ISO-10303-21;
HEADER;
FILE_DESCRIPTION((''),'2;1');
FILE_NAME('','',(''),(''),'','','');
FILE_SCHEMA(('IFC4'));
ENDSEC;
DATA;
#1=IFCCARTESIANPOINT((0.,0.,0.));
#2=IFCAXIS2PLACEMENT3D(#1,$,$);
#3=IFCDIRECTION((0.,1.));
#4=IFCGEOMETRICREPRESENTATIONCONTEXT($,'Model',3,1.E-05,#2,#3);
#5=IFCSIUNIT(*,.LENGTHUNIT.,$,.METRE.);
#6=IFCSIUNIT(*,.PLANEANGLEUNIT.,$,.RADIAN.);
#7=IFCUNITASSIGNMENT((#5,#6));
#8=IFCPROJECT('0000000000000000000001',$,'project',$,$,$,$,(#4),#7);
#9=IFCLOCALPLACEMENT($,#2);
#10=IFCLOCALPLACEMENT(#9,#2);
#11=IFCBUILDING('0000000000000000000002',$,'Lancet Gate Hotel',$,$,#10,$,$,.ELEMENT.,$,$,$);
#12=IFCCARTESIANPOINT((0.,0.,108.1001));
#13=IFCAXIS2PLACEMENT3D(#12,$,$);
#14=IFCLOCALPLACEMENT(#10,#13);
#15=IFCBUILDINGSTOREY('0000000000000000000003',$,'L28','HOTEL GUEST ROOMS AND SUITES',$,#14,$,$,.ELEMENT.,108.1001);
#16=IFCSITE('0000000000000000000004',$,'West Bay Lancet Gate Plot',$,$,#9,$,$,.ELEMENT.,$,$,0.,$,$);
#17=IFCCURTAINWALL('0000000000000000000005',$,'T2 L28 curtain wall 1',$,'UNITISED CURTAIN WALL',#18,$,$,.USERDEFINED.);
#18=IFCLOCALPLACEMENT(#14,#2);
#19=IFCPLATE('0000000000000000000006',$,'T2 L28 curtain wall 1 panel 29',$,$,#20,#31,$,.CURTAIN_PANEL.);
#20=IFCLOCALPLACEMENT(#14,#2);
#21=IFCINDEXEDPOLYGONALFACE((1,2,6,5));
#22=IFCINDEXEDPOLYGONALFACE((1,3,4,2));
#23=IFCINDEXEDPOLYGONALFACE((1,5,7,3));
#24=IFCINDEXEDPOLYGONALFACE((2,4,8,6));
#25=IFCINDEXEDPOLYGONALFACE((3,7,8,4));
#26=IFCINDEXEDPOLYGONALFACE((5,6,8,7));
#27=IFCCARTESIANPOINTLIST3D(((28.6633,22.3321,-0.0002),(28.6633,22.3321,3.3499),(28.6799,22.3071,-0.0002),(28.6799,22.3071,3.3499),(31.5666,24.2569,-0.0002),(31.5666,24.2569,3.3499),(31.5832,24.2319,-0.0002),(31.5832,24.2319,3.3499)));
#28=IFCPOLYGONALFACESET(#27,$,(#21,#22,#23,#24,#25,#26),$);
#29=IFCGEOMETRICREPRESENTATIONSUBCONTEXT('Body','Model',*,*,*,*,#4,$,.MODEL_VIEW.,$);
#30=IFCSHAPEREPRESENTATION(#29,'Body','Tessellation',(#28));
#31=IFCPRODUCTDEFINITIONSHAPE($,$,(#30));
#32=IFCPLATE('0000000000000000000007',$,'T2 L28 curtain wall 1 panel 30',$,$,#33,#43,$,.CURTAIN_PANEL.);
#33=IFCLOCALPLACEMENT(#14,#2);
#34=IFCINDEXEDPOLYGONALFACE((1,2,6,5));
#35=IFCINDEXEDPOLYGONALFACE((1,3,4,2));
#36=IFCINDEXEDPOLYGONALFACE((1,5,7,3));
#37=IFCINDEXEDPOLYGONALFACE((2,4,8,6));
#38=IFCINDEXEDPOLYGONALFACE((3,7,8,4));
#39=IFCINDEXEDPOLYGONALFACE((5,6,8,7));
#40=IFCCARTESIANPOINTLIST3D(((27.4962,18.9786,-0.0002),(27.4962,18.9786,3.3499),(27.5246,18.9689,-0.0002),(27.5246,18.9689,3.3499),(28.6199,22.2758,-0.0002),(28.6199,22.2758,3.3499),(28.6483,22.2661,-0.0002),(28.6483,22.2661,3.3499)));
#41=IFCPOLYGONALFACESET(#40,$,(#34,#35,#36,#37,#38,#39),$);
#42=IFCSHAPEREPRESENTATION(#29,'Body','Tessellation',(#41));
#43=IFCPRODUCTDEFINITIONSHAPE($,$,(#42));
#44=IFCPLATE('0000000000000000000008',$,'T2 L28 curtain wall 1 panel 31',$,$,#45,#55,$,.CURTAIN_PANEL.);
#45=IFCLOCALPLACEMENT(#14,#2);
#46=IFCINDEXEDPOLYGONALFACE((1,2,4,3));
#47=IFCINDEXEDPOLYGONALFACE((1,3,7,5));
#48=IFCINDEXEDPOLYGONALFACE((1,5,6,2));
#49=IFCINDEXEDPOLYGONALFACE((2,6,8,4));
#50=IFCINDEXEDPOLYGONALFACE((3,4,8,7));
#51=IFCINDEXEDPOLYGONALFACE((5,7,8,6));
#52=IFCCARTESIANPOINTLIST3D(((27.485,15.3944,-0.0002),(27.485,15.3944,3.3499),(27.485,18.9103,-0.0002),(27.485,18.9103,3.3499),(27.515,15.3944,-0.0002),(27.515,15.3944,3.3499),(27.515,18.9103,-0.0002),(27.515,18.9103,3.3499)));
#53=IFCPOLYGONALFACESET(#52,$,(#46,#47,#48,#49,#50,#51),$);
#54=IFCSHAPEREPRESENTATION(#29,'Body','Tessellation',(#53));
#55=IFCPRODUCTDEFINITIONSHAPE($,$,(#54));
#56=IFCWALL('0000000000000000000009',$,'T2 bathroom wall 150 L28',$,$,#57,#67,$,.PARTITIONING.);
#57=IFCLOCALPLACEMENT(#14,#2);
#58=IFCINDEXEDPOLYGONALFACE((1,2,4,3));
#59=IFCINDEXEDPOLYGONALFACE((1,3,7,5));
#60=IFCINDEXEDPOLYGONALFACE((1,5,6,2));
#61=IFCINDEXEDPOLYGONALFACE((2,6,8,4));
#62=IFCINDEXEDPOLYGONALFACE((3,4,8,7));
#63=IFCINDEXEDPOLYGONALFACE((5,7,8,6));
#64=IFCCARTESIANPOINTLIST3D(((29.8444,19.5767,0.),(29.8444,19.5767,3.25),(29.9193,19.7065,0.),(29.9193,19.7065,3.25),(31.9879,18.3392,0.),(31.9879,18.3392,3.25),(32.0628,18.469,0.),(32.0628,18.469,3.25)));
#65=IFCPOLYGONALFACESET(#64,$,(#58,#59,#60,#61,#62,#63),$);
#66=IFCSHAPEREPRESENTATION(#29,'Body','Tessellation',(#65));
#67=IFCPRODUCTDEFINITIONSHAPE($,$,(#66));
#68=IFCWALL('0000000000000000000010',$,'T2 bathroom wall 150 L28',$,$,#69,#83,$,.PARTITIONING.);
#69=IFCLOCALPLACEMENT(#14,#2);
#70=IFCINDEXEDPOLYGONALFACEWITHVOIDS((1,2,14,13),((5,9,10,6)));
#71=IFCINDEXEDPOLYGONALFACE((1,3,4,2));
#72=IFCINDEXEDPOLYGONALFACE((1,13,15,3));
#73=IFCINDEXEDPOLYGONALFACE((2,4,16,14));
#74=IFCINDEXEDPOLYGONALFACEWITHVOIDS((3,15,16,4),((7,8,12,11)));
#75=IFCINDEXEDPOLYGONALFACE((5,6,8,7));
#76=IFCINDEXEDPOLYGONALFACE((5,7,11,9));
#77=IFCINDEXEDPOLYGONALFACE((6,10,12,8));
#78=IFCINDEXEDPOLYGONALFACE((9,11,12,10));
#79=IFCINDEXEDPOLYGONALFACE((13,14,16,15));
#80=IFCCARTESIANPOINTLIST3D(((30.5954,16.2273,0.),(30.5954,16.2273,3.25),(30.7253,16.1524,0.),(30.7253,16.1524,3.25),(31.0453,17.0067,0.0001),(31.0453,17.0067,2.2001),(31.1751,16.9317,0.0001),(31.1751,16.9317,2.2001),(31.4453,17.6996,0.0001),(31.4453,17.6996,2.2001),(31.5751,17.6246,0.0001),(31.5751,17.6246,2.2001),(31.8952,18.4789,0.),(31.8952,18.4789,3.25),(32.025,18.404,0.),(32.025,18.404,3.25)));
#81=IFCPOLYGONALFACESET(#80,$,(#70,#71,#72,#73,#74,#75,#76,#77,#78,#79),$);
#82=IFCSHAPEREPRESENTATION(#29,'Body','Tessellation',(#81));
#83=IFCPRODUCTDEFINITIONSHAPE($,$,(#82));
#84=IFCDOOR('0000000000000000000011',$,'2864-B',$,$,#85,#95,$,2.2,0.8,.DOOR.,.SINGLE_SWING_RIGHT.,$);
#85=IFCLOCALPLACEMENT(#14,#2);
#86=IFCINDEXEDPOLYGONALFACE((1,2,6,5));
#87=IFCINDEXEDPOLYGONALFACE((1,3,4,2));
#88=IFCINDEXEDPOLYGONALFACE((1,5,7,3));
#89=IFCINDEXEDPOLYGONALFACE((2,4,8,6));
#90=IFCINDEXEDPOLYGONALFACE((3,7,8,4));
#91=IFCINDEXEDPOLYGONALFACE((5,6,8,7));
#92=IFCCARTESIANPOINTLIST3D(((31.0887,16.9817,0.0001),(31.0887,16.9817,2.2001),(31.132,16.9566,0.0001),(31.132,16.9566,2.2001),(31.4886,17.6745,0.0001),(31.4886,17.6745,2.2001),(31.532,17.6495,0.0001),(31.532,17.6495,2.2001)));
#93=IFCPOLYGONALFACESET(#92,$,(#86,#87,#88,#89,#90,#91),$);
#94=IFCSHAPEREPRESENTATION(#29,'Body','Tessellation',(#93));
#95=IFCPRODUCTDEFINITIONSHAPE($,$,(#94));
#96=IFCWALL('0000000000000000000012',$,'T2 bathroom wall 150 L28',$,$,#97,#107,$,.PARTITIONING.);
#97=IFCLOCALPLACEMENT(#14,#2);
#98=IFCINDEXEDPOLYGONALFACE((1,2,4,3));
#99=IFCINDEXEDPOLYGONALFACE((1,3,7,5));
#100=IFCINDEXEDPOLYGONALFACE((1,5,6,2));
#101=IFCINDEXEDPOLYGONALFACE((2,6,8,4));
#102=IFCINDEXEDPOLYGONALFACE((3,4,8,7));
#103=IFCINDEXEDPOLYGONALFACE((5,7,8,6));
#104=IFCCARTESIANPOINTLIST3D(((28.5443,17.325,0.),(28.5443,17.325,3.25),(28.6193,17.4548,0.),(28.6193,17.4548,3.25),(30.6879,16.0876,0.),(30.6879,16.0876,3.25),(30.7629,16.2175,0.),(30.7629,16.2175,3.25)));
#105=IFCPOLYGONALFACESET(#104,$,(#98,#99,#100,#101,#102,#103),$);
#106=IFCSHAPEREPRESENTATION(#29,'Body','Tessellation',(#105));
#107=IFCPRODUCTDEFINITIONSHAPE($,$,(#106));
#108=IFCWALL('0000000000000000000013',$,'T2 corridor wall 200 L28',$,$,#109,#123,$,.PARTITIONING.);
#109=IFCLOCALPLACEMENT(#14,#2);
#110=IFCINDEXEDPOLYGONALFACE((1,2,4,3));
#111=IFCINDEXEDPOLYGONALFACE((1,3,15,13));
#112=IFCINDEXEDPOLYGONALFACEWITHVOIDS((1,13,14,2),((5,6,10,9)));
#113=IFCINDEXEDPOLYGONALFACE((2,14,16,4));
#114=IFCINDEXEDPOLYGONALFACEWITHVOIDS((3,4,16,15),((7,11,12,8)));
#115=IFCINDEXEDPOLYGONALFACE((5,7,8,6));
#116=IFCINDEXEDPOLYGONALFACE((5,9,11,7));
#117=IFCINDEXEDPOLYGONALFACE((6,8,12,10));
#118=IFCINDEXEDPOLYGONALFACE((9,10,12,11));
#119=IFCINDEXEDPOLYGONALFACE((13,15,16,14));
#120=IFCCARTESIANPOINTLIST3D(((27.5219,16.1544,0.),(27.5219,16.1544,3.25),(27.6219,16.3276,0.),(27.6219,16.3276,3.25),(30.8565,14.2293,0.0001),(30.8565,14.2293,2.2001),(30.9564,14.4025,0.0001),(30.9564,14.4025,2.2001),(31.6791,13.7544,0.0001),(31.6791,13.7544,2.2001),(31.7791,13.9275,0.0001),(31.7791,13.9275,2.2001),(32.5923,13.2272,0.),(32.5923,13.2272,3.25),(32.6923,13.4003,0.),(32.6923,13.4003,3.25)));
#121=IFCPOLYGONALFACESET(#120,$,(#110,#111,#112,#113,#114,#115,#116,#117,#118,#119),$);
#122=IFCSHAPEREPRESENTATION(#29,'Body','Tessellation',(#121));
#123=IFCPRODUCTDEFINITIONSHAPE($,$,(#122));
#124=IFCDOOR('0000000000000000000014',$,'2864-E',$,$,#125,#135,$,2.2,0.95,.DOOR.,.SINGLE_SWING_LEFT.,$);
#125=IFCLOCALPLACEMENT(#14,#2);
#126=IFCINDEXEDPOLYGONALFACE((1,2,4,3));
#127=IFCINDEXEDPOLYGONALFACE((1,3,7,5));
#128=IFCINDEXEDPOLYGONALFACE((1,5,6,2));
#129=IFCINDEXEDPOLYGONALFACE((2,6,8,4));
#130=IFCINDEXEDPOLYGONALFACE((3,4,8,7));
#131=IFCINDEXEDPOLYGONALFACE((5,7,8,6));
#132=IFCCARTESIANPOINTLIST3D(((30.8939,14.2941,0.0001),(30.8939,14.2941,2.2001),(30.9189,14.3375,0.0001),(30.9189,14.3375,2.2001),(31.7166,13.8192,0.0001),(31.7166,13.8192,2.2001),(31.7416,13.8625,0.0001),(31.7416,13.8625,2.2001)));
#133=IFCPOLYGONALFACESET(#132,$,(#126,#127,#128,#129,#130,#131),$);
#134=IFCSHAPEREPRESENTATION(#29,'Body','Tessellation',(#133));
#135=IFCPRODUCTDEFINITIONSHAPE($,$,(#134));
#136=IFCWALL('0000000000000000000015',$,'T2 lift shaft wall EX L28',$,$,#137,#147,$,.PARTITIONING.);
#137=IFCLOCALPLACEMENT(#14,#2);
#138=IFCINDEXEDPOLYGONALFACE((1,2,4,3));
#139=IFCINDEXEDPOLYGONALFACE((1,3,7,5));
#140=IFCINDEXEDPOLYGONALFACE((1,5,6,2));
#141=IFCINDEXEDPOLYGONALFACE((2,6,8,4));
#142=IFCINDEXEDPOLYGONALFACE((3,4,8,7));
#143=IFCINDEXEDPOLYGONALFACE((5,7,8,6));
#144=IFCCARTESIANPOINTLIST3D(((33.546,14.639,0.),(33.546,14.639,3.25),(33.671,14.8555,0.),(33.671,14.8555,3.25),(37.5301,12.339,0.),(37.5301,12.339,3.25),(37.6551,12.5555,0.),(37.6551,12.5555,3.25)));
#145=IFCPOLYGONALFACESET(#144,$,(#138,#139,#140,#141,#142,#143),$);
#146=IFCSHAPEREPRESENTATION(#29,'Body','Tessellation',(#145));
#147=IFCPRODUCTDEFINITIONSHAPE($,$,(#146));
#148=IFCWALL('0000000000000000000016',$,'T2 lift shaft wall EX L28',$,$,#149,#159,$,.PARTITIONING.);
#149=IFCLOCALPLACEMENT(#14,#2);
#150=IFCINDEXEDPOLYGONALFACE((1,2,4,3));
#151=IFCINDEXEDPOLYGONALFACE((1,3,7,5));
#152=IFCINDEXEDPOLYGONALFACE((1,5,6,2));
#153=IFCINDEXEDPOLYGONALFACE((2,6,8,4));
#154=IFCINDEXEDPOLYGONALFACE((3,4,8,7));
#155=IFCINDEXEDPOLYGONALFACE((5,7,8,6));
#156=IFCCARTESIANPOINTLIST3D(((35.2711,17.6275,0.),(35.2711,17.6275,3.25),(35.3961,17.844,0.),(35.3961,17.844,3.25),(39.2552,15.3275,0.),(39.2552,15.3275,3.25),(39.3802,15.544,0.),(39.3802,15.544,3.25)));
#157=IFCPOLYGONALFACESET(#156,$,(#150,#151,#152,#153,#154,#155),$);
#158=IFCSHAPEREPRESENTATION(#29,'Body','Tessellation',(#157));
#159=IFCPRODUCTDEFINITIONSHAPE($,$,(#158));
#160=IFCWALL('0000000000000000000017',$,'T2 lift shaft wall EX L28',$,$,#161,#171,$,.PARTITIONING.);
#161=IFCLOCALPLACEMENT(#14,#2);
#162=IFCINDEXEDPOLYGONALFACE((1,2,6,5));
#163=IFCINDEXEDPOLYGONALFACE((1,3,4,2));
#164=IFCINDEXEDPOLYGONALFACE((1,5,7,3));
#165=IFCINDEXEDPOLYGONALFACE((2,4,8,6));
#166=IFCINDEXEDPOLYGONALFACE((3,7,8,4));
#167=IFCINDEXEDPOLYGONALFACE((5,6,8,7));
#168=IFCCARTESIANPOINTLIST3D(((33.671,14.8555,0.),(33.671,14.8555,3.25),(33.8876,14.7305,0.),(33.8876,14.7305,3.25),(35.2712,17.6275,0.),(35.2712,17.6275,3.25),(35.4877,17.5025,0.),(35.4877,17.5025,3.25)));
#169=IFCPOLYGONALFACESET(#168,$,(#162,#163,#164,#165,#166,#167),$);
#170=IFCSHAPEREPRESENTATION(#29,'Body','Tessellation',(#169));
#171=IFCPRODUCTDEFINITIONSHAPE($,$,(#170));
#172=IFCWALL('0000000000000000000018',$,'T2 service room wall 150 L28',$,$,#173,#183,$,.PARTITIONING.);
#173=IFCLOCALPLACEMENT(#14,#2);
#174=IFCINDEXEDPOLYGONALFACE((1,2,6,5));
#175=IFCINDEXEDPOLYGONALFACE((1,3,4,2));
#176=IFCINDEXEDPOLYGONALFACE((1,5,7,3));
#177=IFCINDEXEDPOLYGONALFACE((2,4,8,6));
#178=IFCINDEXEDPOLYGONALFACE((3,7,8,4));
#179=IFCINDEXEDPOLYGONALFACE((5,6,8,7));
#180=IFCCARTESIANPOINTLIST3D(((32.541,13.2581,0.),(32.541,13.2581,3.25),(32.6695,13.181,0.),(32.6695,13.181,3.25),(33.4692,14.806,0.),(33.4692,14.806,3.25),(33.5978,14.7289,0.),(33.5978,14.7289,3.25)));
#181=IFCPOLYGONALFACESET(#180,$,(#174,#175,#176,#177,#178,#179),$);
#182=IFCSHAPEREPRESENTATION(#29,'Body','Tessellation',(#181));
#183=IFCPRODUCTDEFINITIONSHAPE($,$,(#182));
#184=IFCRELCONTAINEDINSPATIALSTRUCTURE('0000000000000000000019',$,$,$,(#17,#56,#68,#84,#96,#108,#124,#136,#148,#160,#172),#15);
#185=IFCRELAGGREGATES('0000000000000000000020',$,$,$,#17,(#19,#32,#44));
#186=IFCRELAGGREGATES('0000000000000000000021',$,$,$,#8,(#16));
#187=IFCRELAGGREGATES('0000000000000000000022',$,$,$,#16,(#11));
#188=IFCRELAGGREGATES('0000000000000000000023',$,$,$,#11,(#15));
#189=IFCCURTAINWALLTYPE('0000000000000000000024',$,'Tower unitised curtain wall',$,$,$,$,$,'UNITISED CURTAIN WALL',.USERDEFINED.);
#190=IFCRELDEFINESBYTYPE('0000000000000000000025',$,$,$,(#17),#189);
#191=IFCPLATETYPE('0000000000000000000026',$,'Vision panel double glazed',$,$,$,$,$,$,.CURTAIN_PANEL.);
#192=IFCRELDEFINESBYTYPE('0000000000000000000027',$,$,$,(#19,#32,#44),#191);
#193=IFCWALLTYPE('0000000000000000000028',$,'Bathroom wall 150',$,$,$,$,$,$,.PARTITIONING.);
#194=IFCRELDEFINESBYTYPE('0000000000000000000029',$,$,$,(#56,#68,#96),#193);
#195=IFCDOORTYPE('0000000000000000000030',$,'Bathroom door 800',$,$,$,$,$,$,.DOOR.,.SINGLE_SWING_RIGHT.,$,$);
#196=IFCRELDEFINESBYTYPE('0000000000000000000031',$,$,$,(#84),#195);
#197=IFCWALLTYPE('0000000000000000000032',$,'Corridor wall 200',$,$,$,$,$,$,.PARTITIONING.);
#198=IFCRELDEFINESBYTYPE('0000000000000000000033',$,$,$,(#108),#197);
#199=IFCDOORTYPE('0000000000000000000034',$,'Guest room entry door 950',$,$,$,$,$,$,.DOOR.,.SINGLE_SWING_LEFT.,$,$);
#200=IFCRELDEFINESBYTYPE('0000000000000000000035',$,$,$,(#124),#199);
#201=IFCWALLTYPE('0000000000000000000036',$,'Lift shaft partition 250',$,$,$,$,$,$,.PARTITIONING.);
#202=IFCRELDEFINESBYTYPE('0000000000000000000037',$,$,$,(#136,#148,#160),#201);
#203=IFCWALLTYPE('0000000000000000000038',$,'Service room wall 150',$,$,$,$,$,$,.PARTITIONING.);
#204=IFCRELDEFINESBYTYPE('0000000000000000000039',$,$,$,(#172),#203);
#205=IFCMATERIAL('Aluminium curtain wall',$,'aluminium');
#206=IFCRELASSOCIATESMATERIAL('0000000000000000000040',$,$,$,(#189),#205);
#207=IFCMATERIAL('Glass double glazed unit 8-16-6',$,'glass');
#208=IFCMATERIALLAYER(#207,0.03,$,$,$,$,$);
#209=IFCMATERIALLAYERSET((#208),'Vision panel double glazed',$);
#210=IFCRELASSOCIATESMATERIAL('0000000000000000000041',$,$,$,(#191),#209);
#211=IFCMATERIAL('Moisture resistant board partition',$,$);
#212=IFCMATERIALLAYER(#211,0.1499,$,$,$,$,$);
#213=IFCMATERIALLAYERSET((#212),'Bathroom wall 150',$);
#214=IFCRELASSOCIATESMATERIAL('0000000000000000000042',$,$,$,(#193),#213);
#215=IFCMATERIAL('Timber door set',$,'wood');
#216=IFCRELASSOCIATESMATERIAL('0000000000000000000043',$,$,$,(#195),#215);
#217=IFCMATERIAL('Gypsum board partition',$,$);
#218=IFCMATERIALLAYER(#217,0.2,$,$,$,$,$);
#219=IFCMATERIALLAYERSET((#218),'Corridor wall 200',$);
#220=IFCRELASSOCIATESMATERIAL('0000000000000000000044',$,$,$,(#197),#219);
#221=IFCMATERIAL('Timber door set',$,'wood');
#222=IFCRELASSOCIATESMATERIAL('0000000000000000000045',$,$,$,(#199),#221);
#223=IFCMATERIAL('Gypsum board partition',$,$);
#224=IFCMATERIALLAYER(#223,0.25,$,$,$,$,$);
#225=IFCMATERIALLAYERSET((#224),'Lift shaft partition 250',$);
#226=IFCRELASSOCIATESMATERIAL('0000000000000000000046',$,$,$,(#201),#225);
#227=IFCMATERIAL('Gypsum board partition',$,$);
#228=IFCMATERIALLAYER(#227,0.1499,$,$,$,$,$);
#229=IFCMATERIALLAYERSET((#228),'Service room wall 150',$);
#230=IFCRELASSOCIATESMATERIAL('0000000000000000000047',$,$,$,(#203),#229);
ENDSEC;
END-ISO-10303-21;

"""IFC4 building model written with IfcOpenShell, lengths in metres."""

from ifc_helpers import new_model, si_unit, direction, frame, frame_2d, origin, origin_2d, place, context, subcontext, project, spatial, rectangle, extrude, material, layer, layer_set, type_object, element, fill, aggregate, save


model = new_model("IFC4")

# Units and contexts
model_context = context("Model", 3, precision=1e-05, world=origin(), true_north=direction((0.0, 1.0)))
body_context = subcontext(model_context, "Body", "Model", "MODEL_VIEW")
ifc_project = project(units=[si_unit("LENGTHUNIT", "METRE"), si_unit("PLANEANGLEUNIT", "RADIAN")], contexts=[model_context])

# Site, building, storey
site_placement = place(None, origin())
site = spatial("IfcSite", under=ifc_project, at=site_placement, Name="West Bay Lancet Gate Plot", CompositionType="ELEMENT", RefElevation=0.0)
building_placement = place(site_placement, origin())
building = spatial("IfcBuilding", under=site, at=building_placement, Name="Lancet Gate Hotel", CompositionType="ELEMENT")
storey_placement = place(building_placement, frame((0.0, 0.0, 108.1001)))
storey = spatial("IfcBuildingStorey", under=building, at=storey_placement, Name="L28", Description="HOTEL GUEST ROOMS AND SUITES", CompositionType="ELEMENT", Elevation=108.1001)

# Curtain wall
ifc_material_1 = material(Name="Aluminium curtain wall", Category="aluminium")
curtain_wall_type = type_object("IfcCurtainWallType", Name="Tower unitised curtain wall", ElementType="UNITISED CURTAIN WALL", PredefinedType="USERDEFINED", material=ifc_material_1)
curtain_wall_placement = place(storey_placement, origin())
curtain_wall = element("IfcCurtainWall", 1, at=curtain_wall_placement, inside=storey, type_object=curtain_wall_type, Name="T2 L28 curtain wall 1", ObjectType="UNITISED CURTAIN WALL", PredefinedType="USERDEFINED")

# Plates
ifc_material_2 = material(Name="Glass double glazed unit 8-16-6", Category="glass")
ifc_layer_1 = layer(ifc_material_2, 0.03)
ifc_layer_set_1 = layer_set([ifc_layer_1], Name="Vision panel double glazed")
plate_type = type_object("IfcPlateType", Name="Vision panel double glazed", PredefinedType="CURTAIN_PANEL", material=ifc_layer_set_1)
plate_1_placement = place(storey_placement, frame((30.1233, 23.282, -0.0002), z_axis=(0.0, 0.0, 1.0), x_axis=(-0.833465, -0.552573, 0.0)))
plate_1 = element("IfcPlate", 2, at=plate_1_placement, type_object=plate_type, Name="T2 L28 curtain wall 1 panel 29", PredefinedType="CURTAIN_PANEL", context=body_context, shape_type="SweptSolid", body=[
    extrude(rectangle(XDim=3.4834, YDim=0.03, at=origin_2d()), origin(), (0.0, 0.0, 1.0), 3.3501),
])
plate_2_placement = place(storey_placement, frame((28.0723, 20.6223, -0.0002), z_axis=(0.0, 0.0, 1.0), x_axis=(-0.322576, -0.946544, 0.0)))
plate_2 = element("IfcPlate", 3, at=plate_2_placement, type_object=plate_type, Name="T2 L28 curtain wall 1 panel 30", PredefinedType="CURTAIN_PANEL", context=body_context, shape_type="SweptSolid", body=[
    extrude(rectangle(XDim=3.4834, YDim=0.03, at=origin_2d()), origin(), (0.0, 0.0, 1.0), 3.3501),
])
plate_3_placement = place(storey_placement, frame((27.5, 17.1523, -0.0002), z_axis=(0.0, 0.0, 1.0), x_axis=(0.0, -1.0, 0.0)))
plate_3 = element("IfcPlate", 4, at=plate_3_placement, type_object=plate_type, Name="T2 L28 curtain wall 1 panel 31", PredefinedType="CURTAIN_PANEL", context=body_context, shape_type="SweptSolid", body=[
    extrude(rectangle(XDim=3.5159, YDim=0.03, at=origin_2d()), origin(), (0.0, 0.0, 1.0), 3.3501),
])
aggregate(curtain_wall, [plate_1, plate_2, plate_3])

# Wall
ifc_material_3 = material(Name="Moisture resistant board partition")
ifc_layer_2 = layer(ifc_material_3, 0.1499)
ifc_layer_set_2 = layer_set([ifc_layer_2], Name="Bathroom wall 150")
wall_type_1 = type_object("IfcWallType", Name="Bathroom wall 150", PredefinedType="PARTITIONING", material=ifc_layer_set_2)
wall_1_placement = place(storey_placement, frame((29.8818, 19.6416, 0.0), z_axis=(0.0, 0.0, 1.0), x_axis=(0.866031, -0.49999, 0.0)))
element("IfcWall", 5, at=wall_1_placement, inside=storey, type_object=wall_type_1, Name="T2 bathroom wall 150 L28", PredefinedType="PARTITIONING", context=body_context, shape_type="SweptSolid", body=[
    extrude(rectangle(XDim=2.4751, YDim=0.1499, at=frame_2d((1.2375, 0.0))), origin(), (0.0, 0.0, 1.0), 3.25),
])

# Wall, opening, door
wall_2_placement = place(storey_placement, frame((30.6604, 16.1899, 0.0), z_axis=(0.0, 0.0, 1.0), x_axis=(0.499937, 0.866062, 0.0)))
wall_2 = element("IfcWall", 6, at=wall_2_placement, inside=storey, type_object=wall_type_1, Name="T2 bathroom wall 150 L28", PredefinedType="PARTITIONING", context=body_context, shape_type="SweptSolid", body=[
    extrude(rectangle(XDim=2.5999, YDim=0.1499, at=frame_2d((1.2998, 0.0))), origin(), (0.0, 0.0, 1.0), 3.25),
])
opening_1_placement = place(wall_2_placement, frame((0.8999, 0.0, 0.0)))
opening_1 = element("IfcOpeningElement", 7, at=opening_1_placement, cuts=wall_2, PredefinedType="OPENING", context=body_context, shape_type="SweptSolid", body=[
    extrude(rectangle(XDim=0.8, YDim=2.2, at=frame_2d((0.3999, 1.1001))), frame((0.0, 0.085, 0.0), z_axis=(0.0, -1.0, 0.0), x_axis=(1.0, 0.0, 0.0)), (0.0, 0.0, 1.0), 0.1699),
])
ifc_material_4 = material(Name="Timber door set", Category="wood")
door_type_1 = type_object("IfcDoorType", Name="Bathroom door 800", OperationType="SINGLE_SWING_RIGHT", PredefinedType="DOOR", material=ifc_material_4)
door_1_placement = place(opening_1_placement, origin())
door_1 = element("IfcDoor", 8, at=door_1_placement, inside=storey, type_object=door_type_1, Name="2864-B", OperationType="SINGLE_SWING_RIGHT", OverallHeight=2.2, OverallWidth=0.8, PredefinedType="DOOR", context=body_context, shape_type="SweptSolid", body=[
    extrude(rectangle(XDim=0.8, YDim=2.2, at=frame_2d((0.3999, 1.1001))), frame((0.0, 0.0249, 0.0), z_axis=(0.0, -1.0, 0.0), x_axis=(1.0, 0.0, 0.0)), (0.0, 0.0, 1.0), 0.05),
])
fill(opening_1, door_1)

# Wall
wall_3_placement = place(storey_placement, frame((28.5818, 17.3899, 0.0), z_axis=(0.0, 0.0, 1.0), x_axis=(0.866074, -0.499916, 0.0)))
element("IfcWall", 9, at=wall_3_placement, inside=storey, type_object=wall_type_1, Name="T2 bathroom wall 150 L28", PredefinedType="PARTITIONING", context=body_context, shape_type="SweptSolid", body=[
    extrude(rectangle(XDim=2.4751, YDim=0.1499, at=frame_2d((1.2375, 0.0))), origin(), (0.0, 0.0, 1.0), 3.25),
])

# Wall, opening, door
ifc_material_5 = material(Name="Gypsum board partition")
ifc_layer_3 = layer(ifc_material_5, 0.2)
ifc_layer_set_3 = layer_set([ifc_layer_3], Name="Corridor wall 200")
wall_type_2 = type_object("IfcWallType", Name="Corridor wall 200", PredefinedType="PARTITIONING", material=ifc_layer_set_3)
wall_4_placement = place(storey_placement, frame((27.572, 16.241, 0.0), z_axis=(0.0, 0.0, 1.0), x_axis=(0.866033, -0.499987, 0.0)))
wall_4 = element("IfcWall", 10, at=wall_4_placement, inside=storey, type_object=wall_type_2, Name="T2 corridor wall 200 L28", PredefinedType="PARTITIONING", context=body_context, shape_type="SweptSolid", body=[
    extrude(rectangle(XDim=5.8547, YDim=0.2, at=frame_2d((2.9272, 0.0))), origin(), (0.0, 0.0, 1.0), 3.25),
])
opening_2_placement = place(wall_4_placement, frame((3.8501, 0.0, 0.0)))
opening_2 = element("IfcOpeningElement", 11, at=opening_2_placement, cuts=wall_4, PredefinedType="OPENING", context=body_context, shape_type="SweptSolid", body=[
    extrude(rectangle(XDim=0.95, YDim=2.2, at=frame_2d((0.4751, 1.1001))), frame((0.0, 0.1099, 0.0), z_axis=(0.0, -1.0, 0.0), x_axis=(1.0, 0.0, 0.0)), (0.0, 0.0, 1.0), 0.22),
])
ifc_material_6 = material(Name="Timber door set", Category="wood")
door_type_2 = type_object("IfcDoorType", Name="Guest room entry door 950", OperationType="SINGLE_SWING_LEFT", PredefinedType="DOOR", material=ifc_material_6)
door_2_placement = place(opening_2_placement, origin())
door_2 = element("IfcDoor", 12, at=door_2_placement, inside=storey, type_object=door_type_2, Name="2864-E", OperationType="SINGLE_SWING_LEFT", OverallHeight=2.2, OverallWidth=0.95, PredefinedType="DOOR", context=body_context, shape_type="SweptSolid", body=[
    extrude(rectangle(XDim=0.95, YDim=2.2, at=frame_2d((0.4751, 1.1001))), frame((0.0, 0.0249, 0.0), z_axis=(0.0, -1.0, 0.0), x_axis=(1.0, 0.0, 0.0)), (0.0, 0.0, 1.0), 0.05),
])
fill(opening_2, door_2)

# Walls
ifc_material_7 = material(Name="Gypsum board partition")
ifc_layer_4 = layer(ifc_material_7, 0.25)
ifc_layer_set_4 = layer_set([ifc_layer_4], Name="Lift shaft partition 250")
wall_type_3 = type_object("IfcWallType", Name="Lift shaft partition 250", PredefinedType="PARTITIONING", material=ifc_layer_set_4)
for number, where, z_axis, x_axis, name in (
    (13, (33.6084, 14.7473, 0.0), (0.0, 0.0, 1.0), (0.866043, -0.499969, 0.0), "T2 lift shaft wall EX L28"),
    (14, (35.3335, 17.7358, 0.0), (0.0, 0.0, 1.0), (0.866043, -0.499969, 0.0), "T2 lift shaft wall EX L28"),
):
    element("IfcWall", number, at=place(storey_placement, frame(where, z_axis=z_axis, x_axis=x_axis)), inside=storey, type_object=wall_type_3, Name=name, PredefinedType="PARTITIONING", context=body_context, shape_type="SweptSolid", body=[
        extrude(rectangle(XDim=4.6003, YDim=0.25, at=frame_2d((2.3003, 0.0))), origin(), (0.0, 0.0, 1.0), 3.25),
    ])
wall_5_placement = place(storey_placement, frame((33.7793, 14.793, 0.0), z_axis=(0.0, 0.0, 1.0), x_axis=(0.499929, 0.866066, 0.0)))
element("IfcWall", 15, at=wall_5_placement, inside=storey, type_object=wall_type_3, Name="T2 lift shaft wall EX L28", PredefinedType="PARTITIONING", context=body_context, shape_type="SweptSolid", body=[
    extrude(rectangle(XDim=3.2007, YDim=0.25, at=frame_2d((1.6003, 0.0))), origin(), (0.0, 0.0, 1.0), 3.25),
])
ifc_material_8 = material(Name="Gypsum board partition")
ifc_layer_5 = layer(ifc_material_8, 0.1499)
ifc_layer_set_5 = layer_set([ifc_layer_5], Name="Service room wall 150")
wall_type_4 = type_object("IfcWallType", Name="Service room wall 150", PredefinedType="PARTITIONING", material=ifc_layer_set_5)
wall_6_placement = place(storey_placement, frame((33.5334, 14.7673, 0.0), z_axis=(0.0, 0.0, 1.0), x_axis=(-0.514297, -0.857612, 0.0)))
element("IfcWall", 16, at=wall_6_placement, inside=storey, type_object=wall_type_4, Name="T2 service room wall 150 L28", PredefinedType="PARTITIONING", context=body_context, shape_type="SweptSolid", body=[
    extrude(rectangle(XDim=1.8049, YDim=0.1499, at=frame_2d((0.9023, 0.0))), origin(), (0.0, 0.0, 1.0), 3.25),
])

save(model, "model.ifc")
